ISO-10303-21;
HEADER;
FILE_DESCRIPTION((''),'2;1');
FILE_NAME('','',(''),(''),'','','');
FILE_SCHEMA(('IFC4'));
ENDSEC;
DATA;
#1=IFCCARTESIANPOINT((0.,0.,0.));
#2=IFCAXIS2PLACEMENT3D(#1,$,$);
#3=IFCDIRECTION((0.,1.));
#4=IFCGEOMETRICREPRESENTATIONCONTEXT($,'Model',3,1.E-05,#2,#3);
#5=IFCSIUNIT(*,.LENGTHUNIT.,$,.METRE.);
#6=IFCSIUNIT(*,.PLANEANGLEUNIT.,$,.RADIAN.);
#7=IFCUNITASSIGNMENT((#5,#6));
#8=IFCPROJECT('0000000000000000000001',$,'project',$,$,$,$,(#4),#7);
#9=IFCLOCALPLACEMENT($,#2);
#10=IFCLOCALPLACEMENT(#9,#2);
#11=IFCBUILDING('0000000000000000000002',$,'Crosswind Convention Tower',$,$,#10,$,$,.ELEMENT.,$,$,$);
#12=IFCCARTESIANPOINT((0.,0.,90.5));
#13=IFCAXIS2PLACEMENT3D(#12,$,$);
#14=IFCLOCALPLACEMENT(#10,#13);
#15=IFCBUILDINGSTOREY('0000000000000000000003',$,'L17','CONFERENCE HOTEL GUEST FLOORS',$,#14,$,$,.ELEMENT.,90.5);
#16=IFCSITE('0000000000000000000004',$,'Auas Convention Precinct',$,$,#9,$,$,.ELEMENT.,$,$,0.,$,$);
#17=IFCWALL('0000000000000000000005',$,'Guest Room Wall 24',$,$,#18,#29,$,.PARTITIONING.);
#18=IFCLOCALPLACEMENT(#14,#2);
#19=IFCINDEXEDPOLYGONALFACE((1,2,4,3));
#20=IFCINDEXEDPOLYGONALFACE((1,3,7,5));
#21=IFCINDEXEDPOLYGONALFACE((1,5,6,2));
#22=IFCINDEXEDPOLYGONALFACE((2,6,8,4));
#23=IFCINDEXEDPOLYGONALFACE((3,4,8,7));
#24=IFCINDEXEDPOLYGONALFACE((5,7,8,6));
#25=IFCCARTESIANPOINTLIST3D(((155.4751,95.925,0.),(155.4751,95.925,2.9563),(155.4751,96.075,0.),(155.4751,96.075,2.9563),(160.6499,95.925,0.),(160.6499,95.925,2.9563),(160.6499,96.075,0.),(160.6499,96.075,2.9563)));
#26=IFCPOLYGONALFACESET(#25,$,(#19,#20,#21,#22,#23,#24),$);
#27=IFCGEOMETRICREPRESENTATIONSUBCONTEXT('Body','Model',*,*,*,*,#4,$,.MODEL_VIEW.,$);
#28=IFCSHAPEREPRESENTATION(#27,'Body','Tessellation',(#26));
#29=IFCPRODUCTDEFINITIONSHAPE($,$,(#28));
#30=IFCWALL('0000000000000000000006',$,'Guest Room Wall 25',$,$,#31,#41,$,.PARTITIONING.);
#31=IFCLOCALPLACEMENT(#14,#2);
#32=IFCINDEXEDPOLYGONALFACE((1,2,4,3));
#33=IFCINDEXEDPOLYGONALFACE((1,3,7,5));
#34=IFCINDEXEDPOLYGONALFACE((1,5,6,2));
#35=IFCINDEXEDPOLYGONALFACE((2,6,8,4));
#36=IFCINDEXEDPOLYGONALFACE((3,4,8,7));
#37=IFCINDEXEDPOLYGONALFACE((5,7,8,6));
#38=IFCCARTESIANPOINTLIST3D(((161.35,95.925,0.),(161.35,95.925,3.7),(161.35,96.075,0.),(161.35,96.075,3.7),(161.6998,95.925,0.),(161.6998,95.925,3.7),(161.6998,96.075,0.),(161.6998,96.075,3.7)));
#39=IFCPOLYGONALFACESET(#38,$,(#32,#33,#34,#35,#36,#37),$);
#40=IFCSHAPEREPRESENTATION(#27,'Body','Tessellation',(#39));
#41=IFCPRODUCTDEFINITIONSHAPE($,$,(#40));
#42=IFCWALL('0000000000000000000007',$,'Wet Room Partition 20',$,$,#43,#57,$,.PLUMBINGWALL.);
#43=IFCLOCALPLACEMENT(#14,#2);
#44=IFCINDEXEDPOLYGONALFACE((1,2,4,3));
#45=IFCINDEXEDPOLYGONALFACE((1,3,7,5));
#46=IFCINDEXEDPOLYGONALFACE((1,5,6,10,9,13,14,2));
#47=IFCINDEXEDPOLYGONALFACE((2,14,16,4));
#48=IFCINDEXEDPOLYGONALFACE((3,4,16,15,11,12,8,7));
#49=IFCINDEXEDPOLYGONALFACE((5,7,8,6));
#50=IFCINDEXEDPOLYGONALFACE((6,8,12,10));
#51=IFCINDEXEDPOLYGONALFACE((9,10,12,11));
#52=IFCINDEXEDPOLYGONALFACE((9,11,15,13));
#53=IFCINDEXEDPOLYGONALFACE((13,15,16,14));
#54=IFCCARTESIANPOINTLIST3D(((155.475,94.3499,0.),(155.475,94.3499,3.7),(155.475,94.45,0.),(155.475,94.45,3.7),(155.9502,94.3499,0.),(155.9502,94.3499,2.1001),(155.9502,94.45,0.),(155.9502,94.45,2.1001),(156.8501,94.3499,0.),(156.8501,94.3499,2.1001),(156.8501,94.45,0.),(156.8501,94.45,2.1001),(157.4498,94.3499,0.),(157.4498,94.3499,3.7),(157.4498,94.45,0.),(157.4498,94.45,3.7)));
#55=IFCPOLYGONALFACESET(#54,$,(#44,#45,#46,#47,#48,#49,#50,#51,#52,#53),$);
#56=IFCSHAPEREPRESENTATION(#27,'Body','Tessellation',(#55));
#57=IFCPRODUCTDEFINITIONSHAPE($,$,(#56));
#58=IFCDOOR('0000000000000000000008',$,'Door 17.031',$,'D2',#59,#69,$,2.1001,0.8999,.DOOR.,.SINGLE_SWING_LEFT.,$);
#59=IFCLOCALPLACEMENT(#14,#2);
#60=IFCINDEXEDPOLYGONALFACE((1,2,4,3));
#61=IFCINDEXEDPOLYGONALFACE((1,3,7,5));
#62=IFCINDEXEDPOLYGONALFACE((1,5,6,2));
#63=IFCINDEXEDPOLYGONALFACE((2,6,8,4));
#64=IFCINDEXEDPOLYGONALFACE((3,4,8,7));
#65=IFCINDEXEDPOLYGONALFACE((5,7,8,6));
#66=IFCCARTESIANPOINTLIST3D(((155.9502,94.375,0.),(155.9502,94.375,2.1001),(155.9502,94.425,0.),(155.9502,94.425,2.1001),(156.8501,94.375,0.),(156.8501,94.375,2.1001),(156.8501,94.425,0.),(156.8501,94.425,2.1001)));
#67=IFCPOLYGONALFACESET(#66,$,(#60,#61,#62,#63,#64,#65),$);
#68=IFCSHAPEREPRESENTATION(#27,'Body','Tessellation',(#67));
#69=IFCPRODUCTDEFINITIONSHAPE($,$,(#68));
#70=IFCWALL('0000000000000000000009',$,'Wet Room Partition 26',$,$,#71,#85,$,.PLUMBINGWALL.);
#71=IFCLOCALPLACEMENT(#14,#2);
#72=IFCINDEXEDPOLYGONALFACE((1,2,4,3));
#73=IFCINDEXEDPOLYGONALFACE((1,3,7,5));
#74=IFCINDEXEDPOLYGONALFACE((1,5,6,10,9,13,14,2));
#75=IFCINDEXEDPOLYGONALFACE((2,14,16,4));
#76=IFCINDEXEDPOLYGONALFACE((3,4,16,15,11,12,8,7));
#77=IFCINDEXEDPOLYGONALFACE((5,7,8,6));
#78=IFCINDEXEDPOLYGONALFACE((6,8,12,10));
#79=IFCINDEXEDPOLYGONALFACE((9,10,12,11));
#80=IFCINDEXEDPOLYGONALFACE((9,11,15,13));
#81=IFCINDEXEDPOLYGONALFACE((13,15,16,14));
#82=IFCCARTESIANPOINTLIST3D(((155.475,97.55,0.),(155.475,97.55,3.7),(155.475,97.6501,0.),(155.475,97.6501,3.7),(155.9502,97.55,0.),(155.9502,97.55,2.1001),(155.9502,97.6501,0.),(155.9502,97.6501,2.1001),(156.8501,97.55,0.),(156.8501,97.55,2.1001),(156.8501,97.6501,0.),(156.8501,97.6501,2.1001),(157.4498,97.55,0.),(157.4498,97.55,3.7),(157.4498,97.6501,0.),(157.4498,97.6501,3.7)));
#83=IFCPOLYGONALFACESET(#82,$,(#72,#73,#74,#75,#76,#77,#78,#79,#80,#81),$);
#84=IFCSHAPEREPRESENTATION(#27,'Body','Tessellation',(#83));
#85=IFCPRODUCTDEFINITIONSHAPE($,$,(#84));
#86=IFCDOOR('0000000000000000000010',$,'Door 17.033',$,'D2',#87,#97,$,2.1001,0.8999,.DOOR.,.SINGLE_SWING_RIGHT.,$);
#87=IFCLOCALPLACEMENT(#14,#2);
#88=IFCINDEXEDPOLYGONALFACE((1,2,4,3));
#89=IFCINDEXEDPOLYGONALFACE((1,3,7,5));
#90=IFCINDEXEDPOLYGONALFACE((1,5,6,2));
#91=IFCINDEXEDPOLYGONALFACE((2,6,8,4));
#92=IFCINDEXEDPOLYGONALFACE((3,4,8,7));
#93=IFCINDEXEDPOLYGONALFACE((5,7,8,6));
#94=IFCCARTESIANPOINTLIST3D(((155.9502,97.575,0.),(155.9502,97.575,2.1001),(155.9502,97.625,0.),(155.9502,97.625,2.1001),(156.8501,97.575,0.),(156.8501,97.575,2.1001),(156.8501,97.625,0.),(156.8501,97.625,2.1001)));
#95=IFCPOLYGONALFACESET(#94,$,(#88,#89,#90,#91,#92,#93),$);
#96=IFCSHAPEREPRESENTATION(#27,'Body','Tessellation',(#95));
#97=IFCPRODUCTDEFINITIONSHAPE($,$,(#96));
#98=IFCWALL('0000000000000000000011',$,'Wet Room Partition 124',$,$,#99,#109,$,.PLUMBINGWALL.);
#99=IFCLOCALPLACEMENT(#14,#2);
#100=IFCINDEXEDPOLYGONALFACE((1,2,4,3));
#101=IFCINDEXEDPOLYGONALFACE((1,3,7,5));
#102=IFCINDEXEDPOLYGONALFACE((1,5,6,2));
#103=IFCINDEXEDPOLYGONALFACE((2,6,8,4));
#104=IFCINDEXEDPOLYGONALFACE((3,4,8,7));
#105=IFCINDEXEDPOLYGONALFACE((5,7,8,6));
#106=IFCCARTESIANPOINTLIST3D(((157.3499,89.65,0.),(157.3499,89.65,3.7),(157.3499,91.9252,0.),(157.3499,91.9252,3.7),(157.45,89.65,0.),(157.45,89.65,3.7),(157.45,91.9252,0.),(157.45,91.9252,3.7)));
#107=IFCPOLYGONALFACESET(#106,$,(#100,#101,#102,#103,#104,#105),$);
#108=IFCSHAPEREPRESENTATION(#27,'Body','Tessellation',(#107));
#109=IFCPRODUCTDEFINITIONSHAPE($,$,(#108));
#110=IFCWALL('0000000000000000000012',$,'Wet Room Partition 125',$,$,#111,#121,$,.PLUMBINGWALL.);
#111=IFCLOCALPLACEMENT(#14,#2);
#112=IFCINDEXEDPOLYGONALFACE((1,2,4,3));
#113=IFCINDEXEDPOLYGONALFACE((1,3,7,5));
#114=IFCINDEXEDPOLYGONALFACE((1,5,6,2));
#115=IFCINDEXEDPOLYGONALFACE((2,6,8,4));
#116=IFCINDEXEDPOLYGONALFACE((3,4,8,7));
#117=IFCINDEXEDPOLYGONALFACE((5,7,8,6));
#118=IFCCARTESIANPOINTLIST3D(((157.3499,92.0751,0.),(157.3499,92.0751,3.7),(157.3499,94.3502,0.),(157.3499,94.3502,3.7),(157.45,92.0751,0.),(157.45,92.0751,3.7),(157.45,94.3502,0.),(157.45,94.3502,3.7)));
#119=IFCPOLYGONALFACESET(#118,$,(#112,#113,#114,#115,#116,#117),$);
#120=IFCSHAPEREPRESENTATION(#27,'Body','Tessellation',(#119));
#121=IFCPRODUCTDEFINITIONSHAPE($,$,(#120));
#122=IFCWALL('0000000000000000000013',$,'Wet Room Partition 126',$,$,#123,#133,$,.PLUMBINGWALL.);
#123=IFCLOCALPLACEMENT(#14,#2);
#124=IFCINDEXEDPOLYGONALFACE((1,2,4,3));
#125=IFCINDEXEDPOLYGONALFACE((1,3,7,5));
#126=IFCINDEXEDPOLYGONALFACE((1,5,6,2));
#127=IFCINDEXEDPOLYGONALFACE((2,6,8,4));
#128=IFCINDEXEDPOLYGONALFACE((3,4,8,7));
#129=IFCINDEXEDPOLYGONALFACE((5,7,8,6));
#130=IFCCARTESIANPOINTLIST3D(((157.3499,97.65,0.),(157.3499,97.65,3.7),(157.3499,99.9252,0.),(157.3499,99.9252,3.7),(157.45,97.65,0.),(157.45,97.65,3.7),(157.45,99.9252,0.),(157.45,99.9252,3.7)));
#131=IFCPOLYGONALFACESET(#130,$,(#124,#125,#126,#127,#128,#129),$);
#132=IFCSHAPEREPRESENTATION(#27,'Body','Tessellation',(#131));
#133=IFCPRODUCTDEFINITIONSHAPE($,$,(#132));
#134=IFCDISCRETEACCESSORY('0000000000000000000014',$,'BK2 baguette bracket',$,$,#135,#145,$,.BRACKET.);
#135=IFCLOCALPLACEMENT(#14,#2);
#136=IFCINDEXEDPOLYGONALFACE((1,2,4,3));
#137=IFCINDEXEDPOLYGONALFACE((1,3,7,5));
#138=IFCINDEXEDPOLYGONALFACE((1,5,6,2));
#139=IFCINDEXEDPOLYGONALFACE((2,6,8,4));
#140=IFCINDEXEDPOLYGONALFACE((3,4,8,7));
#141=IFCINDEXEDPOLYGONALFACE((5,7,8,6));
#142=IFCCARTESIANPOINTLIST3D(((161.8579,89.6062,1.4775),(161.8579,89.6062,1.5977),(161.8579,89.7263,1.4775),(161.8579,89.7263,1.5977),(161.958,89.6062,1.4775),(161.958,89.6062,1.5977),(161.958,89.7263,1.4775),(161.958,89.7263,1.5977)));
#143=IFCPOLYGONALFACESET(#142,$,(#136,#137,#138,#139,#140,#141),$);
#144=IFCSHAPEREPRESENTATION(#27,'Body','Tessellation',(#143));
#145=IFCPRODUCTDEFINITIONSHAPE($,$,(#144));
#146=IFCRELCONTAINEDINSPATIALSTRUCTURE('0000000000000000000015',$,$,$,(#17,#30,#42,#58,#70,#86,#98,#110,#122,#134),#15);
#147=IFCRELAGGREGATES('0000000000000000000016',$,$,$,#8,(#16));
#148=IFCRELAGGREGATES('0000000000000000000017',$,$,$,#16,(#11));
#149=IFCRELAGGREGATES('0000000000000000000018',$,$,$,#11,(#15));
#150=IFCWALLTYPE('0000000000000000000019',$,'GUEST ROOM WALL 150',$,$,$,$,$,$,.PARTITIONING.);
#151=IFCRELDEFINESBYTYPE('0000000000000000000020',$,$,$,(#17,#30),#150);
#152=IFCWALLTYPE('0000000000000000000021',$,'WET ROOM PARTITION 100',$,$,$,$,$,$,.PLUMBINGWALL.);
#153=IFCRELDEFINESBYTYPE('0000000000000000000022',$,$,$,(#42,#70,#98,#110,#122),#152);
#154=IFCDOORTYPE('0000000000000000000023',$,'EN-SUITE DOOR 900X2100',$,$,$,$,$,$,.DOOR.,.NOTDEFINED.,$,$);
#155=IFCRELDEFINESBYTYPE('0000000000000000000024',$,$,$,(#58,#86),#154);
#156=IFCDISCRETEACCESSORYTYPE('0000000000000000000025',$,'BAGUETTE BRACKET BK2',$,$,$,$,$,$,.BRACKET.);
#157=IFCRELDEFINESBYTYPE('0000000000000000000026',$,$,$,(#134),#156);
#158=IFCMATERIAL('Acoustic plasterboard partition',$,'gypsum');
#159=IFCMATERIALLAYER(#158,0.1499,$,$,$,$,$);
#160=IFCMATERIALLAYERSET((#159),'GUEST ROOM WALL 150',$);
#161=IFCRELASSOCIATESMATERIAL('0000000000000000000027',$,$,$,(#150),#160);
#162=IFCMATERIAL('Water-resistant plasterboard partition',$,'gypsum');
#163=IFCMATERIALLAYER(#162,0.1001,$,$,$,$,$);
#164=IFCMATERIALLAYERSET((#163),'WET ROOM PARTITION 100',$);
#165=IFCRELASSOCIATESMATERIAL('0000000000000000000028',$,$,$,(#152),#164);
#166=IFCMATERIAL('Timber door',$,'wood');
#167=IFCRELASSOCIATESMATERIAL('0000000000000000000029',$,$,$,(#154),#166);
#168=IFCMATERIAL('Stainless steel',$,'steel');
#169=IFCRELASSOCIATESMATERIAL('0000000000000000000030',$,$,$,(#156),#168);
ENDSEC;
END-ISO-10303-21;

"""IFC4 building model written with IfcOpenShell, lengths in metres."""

from ifc_helpers import new_model, si_unit, direction, frame, frame_2d, origin, origin_2d, place, context, subcontext, project, spatial, rectangle, extrude, material, layer, layer_set, type_object, element, fill, save


model = new_model("IFC4")

# Units and contexts
model_context = context("Model", 3, precision=1e-05, world=origin(), true_north=direction((0.0, 1.0)))
body_context = subcontext(model_context, "Body", "Model", "MODEL_VIEW")
ifc_project = project(units=[si_unit("LENGTHUNIT", "METRE"), si_unit("PLANEANGLEUNIT", "RADIAN")], contexts=[model_context])

# Site, building, storey
site_placement = place(None, origin())
site = spatial("IfcSite", under=ifc_project, at=site_placement, Name="Auas Convention Precinct", CompositionType="ELEMENT", RefElevation=0.0)
building_placement = place(site_placement, origin())
building = spatial("IfcBuilding", under=site, at=building_placement, Name="Crosswind Convention Tower", CompositionType="ELEMENT")
storey_placement = place(building_placement, frame((0.0, 0.0, 90.5)))
storey = spatial("IfcBuildingStorey", under=building, at=storey_placement, Name="L17", Description="CONFERENCE HOTEL GUEST FLOORS", CompositionType="ELEMENT", Elevation=90.5)

# Walls
ifc_material_1 = material(Name="Acoustic plasterboard partition", Category="gypsum")
ifc_layer_1 = layer(ifc_material_1, 0.1499)
ifc_layer_set_1 = layer_set([ifc_layer_1], Name="GUEST ROOM WALL 150")
wall_type_1 = type_object("IfcWallType", Name="GUEST ROOM WALL 150", PredefinedType="PARTITIONING", material=ifc_layer_set_1)
wall_1_placement = place(storey_placement, frame((155.4751, 96.0, 0.0), z_axis=(0.0, 0.0, 1.0), x_axis=(1.0, 0.0, 0.0)))
element("IfcWall", 1, at=wall_1_placement, inside=storey, type_object=wall_type_1, Name="Guest Room Wall 24", PredefinedType="PARTITIONING", context=body_context, shape_type="SweptSolid", body=[
    extrude(rectangle(XDim=5.1748, YDim=0.1499, at=frame_2d((2.5874, 0.0))), origin(), (0.0, 0.0, 1.0), 2.9563),
])
wall_2_placement = place(storey_placement, frame((161.3501, 96.0, 0.0), z_axis=(0.0, 0.0, 1.0), x_axis=(1.0, 0.0, 0.0)))
element("IfcWall", 2, at=wall_2_placement, inside=storey, type_object=wall_type_1, Name="Guest Room Wall 25", PredefinedType="PARTITIONING", context=body_context, shape_type="SweptSolid", body=[
    extrude(rectangle(XDim=0.3499, YDim=0.1499, at=frame_2d((0.1748, 0.0))), origin(), (0.0, 0.0, 1.0), 3.7),
])

# Walls, openings, doors
ifc_material_2 = material(Name="Water-resistant plasterboard partition", Category="gypsum")
ifc_layer_2 = layer(ifc_material_2, 0.1001)
ifc_layer_set_2 = layer_set([ifc_layer_2], Name="WET ROOM PARTITION 100")
wall_type_2 = type_object("IfcWallType", Name="WET ROOM PARTITION 100", PredefinedType="PLUMBINGWALL", material=ifc_layer_set_2)
wall_3_placement = place(storey_placement, frame((155.4751, 94.3999, 0.0), z_axis=(0.0, 0.0, 1.0), x_axis=(1.0, 0.0, 0.0)))
wall_3 = element("IfcWall", 3, at=wall_3_placement, inside=storey, type_object=wall_type_2, Name="Wet Room Partition 20", PredefinedType="PLUMBINGWALL", context=body_context, shape_type="SweptSolid", body=[
    extrude(rectangle(XDim=1.9749, YDim=0.1001, at=frame_2d((0.9873, 0.0))), origin(), (0.0, 0.0, 1.0), 3.7),
])
opening_1_placement = place(wall_3_placement, frame((0.4751, 0.0, 0.0)))
opening_1 = element("IfcOpeningElement", 4, at=opening_1_placement, cuts=wall_3, PredefinedType="OPENING", context=body_context, shape_type="SweptSolid", body=[
    extrude(rectangle(XDim=0.8999, YDim=2.1001, at=frame_2d((0.45, 1.05))), frame((0.0, 0.0601, 0.0), z_axis=(0.0, -1.0, 0.0), x_axis=(1.0, 0.0, 0.0)), (0.0, 0.0, 1.0), 0.1201),
])
ifc_material_3 = material(Name="Timber door", Category="wood")
door_type = type_object("IfcDoorType", Name="EN-SUITE DOOR 900X2100", OperationType="NOTDEFINED", PredefinedType="DOOR", material=ifc_material_3)
door_1_placement = place(opening_1_placement, frame((0.8999, 0.0, 0.0), z_axis=(0.0, 0.0, 1.0), x_axis=(-1.0, 0.0, 0.0)))
door_1 = element("IfcDoor", 5, at=door_1_placement, inside=storey, type_object=door_type, Name="Door 17.031", ObjectType="D2", OperationType="SINGLE_SWING_LEFT", OverallHeight=2.1001, OverallWidth=0.8999, PredefinedType="DOOR", context=body_context, shape_type="SweptSolid", body=[
    extrude(rectangle(XDim=0.8999, YDim=2.1001, at=frame_2d((0.45, 1.05))), frame((0.0, 0.0249, 0.0), z_axis=(0.0, -1.0, 0.0), x_axis=(1.0, 0.0, 0.0)), (0.0, 0.0, 1.0), 0.05),
])
fill(opening_1, door_1)
wall_4_placement = place(storey_placement, frame((155.4751, 97.6001, 0.0), z_axis=(0.0, 0.0, 1.0), x_axis=(1.0, 0.0, 0.0)))
wall_4 = element("IfcWall", 6, at=wall_4_placement, inside=storey, type_object=wall_type_2, Name="Wet Room Partition 26", PredefinedType="PLUMBINGWALL", context=body_context, shape_type="SweptSolid", body=[
    extrude(rectangle(XDim=1.9749, YDim=0.1001, at=frame_2d((0.9873, 0.0))), origin(), (0.0, 0.0, 1.0), 3.7),
])
opening_2_placement = place(wall_4_placement, frame((0.4751, 0.0, 0.0)))
opening_2 = element("IfcOpeningElement", 7, at=opening_2_placement, cuts=wall_4, PredefinedType="OPENING", context=body_context, shape_type="SweptSolid", body=[
    extrude(rectangle(XDim=0.8999, YDim=2.1001, at=frame_2d((0.45, 1.05))), frame((0.0, 0.0601, 0.0), z_axis=(0.0, -1.0, 0.0), x_axis=(1.0, 0.0, 0.0)), (0.0, 0.0, 1.0), 0.1201),
])
door_2_placement = place(opening_2_placement, origin())
door_2 = element("IfcDoor", 8, at=door_2_placement, inside=storey, type_object=door_type, Name="Door 17.033", ObjectType="D2", OperationType="SINGLE_SWING_RIGHT", OverallHeight=2.1001, OverallWidth=0.8999, PredefinedType="DOOR", context=body_context, shape_type="SweptSolid", body=[
    extrude(rectangle(XDim=0.8999, YDim=2.1001, at=frame_2d((0.45, 1.05))), frame((0.0, 0.0249, 0.0), z_axis=(0.0, -1.0, 0.0), x_axis=(1.0, 0.0, 0.0)), (0.0, 0.0, 1.0), 0.05),
])
fill(opening_2, door_2)

# Walls
for number, where, z_axis, x_axis, name in (
    (9, (157.3999, 89.6499, 0.0), (0.0, 0.0, 1.0), (0.0, 1.0, 0.0), "Wet Room Partition 124"),
    (10, (157.3999, 92.075, 0.0), (0.0, 0.0, 1.0), (0.0, 1.0, 0.0), "Wet Room Partition 125"),
    (11, (157.3999, 97.6499, 0.0), (0.0, 0.0, 1.0), (0.0, 1.0, 0.0), "Wet Room Partition 126"),
):
    element("IfcWall", number, at=place(storey_placement, frame(where, z_axis=z_axis, x_axis=x_axis)), inside=storey, type_object=wall_type_2, Name=name, PredefinedType="PLUMBINGWALL", context=body_context, shape_type="SweptSolid", body=[
        extrude(rectangle(XDim=2.2751, YDim=0.1001, at=frame_2d((1.1377, 0.0))), origin(), (0.0, 0.0, 1.0), 3.7),
    ])

# Discrete accessory
ifc_material_4 = material(Name="Stainless steel", Category="steel")
discrete_accessory_type = type_object("IfcDiscreteAccessoryType", Name="BAGUETTE BRACKET BK2", PredefinedType="BRACKET", material=ifc_material_4)
discrete_accessory_placement = place(storey_placement, frame((161.908, 89.6663, 1.4775), z_axis=(0.0, 0.0, 1.0), x_axis=(0.0, 1.0, 0.0)))
element("IfcDiscreteAccessory", 12, at=discrete_accessory_placement, inside=storey, type_object=discrete_accessory_type, Name="BK2 baguette bracket", PredefinedType="BRACKET", context=body_context, shape_type="SweptSolid", body=[
    extrude(rectangle(XDim=0.1201, YDim=0.1001, at=origin_2d()), origin(), (0.0, 0.0, 1.0), 0.1201),
])

save(model, "model.ifc")
